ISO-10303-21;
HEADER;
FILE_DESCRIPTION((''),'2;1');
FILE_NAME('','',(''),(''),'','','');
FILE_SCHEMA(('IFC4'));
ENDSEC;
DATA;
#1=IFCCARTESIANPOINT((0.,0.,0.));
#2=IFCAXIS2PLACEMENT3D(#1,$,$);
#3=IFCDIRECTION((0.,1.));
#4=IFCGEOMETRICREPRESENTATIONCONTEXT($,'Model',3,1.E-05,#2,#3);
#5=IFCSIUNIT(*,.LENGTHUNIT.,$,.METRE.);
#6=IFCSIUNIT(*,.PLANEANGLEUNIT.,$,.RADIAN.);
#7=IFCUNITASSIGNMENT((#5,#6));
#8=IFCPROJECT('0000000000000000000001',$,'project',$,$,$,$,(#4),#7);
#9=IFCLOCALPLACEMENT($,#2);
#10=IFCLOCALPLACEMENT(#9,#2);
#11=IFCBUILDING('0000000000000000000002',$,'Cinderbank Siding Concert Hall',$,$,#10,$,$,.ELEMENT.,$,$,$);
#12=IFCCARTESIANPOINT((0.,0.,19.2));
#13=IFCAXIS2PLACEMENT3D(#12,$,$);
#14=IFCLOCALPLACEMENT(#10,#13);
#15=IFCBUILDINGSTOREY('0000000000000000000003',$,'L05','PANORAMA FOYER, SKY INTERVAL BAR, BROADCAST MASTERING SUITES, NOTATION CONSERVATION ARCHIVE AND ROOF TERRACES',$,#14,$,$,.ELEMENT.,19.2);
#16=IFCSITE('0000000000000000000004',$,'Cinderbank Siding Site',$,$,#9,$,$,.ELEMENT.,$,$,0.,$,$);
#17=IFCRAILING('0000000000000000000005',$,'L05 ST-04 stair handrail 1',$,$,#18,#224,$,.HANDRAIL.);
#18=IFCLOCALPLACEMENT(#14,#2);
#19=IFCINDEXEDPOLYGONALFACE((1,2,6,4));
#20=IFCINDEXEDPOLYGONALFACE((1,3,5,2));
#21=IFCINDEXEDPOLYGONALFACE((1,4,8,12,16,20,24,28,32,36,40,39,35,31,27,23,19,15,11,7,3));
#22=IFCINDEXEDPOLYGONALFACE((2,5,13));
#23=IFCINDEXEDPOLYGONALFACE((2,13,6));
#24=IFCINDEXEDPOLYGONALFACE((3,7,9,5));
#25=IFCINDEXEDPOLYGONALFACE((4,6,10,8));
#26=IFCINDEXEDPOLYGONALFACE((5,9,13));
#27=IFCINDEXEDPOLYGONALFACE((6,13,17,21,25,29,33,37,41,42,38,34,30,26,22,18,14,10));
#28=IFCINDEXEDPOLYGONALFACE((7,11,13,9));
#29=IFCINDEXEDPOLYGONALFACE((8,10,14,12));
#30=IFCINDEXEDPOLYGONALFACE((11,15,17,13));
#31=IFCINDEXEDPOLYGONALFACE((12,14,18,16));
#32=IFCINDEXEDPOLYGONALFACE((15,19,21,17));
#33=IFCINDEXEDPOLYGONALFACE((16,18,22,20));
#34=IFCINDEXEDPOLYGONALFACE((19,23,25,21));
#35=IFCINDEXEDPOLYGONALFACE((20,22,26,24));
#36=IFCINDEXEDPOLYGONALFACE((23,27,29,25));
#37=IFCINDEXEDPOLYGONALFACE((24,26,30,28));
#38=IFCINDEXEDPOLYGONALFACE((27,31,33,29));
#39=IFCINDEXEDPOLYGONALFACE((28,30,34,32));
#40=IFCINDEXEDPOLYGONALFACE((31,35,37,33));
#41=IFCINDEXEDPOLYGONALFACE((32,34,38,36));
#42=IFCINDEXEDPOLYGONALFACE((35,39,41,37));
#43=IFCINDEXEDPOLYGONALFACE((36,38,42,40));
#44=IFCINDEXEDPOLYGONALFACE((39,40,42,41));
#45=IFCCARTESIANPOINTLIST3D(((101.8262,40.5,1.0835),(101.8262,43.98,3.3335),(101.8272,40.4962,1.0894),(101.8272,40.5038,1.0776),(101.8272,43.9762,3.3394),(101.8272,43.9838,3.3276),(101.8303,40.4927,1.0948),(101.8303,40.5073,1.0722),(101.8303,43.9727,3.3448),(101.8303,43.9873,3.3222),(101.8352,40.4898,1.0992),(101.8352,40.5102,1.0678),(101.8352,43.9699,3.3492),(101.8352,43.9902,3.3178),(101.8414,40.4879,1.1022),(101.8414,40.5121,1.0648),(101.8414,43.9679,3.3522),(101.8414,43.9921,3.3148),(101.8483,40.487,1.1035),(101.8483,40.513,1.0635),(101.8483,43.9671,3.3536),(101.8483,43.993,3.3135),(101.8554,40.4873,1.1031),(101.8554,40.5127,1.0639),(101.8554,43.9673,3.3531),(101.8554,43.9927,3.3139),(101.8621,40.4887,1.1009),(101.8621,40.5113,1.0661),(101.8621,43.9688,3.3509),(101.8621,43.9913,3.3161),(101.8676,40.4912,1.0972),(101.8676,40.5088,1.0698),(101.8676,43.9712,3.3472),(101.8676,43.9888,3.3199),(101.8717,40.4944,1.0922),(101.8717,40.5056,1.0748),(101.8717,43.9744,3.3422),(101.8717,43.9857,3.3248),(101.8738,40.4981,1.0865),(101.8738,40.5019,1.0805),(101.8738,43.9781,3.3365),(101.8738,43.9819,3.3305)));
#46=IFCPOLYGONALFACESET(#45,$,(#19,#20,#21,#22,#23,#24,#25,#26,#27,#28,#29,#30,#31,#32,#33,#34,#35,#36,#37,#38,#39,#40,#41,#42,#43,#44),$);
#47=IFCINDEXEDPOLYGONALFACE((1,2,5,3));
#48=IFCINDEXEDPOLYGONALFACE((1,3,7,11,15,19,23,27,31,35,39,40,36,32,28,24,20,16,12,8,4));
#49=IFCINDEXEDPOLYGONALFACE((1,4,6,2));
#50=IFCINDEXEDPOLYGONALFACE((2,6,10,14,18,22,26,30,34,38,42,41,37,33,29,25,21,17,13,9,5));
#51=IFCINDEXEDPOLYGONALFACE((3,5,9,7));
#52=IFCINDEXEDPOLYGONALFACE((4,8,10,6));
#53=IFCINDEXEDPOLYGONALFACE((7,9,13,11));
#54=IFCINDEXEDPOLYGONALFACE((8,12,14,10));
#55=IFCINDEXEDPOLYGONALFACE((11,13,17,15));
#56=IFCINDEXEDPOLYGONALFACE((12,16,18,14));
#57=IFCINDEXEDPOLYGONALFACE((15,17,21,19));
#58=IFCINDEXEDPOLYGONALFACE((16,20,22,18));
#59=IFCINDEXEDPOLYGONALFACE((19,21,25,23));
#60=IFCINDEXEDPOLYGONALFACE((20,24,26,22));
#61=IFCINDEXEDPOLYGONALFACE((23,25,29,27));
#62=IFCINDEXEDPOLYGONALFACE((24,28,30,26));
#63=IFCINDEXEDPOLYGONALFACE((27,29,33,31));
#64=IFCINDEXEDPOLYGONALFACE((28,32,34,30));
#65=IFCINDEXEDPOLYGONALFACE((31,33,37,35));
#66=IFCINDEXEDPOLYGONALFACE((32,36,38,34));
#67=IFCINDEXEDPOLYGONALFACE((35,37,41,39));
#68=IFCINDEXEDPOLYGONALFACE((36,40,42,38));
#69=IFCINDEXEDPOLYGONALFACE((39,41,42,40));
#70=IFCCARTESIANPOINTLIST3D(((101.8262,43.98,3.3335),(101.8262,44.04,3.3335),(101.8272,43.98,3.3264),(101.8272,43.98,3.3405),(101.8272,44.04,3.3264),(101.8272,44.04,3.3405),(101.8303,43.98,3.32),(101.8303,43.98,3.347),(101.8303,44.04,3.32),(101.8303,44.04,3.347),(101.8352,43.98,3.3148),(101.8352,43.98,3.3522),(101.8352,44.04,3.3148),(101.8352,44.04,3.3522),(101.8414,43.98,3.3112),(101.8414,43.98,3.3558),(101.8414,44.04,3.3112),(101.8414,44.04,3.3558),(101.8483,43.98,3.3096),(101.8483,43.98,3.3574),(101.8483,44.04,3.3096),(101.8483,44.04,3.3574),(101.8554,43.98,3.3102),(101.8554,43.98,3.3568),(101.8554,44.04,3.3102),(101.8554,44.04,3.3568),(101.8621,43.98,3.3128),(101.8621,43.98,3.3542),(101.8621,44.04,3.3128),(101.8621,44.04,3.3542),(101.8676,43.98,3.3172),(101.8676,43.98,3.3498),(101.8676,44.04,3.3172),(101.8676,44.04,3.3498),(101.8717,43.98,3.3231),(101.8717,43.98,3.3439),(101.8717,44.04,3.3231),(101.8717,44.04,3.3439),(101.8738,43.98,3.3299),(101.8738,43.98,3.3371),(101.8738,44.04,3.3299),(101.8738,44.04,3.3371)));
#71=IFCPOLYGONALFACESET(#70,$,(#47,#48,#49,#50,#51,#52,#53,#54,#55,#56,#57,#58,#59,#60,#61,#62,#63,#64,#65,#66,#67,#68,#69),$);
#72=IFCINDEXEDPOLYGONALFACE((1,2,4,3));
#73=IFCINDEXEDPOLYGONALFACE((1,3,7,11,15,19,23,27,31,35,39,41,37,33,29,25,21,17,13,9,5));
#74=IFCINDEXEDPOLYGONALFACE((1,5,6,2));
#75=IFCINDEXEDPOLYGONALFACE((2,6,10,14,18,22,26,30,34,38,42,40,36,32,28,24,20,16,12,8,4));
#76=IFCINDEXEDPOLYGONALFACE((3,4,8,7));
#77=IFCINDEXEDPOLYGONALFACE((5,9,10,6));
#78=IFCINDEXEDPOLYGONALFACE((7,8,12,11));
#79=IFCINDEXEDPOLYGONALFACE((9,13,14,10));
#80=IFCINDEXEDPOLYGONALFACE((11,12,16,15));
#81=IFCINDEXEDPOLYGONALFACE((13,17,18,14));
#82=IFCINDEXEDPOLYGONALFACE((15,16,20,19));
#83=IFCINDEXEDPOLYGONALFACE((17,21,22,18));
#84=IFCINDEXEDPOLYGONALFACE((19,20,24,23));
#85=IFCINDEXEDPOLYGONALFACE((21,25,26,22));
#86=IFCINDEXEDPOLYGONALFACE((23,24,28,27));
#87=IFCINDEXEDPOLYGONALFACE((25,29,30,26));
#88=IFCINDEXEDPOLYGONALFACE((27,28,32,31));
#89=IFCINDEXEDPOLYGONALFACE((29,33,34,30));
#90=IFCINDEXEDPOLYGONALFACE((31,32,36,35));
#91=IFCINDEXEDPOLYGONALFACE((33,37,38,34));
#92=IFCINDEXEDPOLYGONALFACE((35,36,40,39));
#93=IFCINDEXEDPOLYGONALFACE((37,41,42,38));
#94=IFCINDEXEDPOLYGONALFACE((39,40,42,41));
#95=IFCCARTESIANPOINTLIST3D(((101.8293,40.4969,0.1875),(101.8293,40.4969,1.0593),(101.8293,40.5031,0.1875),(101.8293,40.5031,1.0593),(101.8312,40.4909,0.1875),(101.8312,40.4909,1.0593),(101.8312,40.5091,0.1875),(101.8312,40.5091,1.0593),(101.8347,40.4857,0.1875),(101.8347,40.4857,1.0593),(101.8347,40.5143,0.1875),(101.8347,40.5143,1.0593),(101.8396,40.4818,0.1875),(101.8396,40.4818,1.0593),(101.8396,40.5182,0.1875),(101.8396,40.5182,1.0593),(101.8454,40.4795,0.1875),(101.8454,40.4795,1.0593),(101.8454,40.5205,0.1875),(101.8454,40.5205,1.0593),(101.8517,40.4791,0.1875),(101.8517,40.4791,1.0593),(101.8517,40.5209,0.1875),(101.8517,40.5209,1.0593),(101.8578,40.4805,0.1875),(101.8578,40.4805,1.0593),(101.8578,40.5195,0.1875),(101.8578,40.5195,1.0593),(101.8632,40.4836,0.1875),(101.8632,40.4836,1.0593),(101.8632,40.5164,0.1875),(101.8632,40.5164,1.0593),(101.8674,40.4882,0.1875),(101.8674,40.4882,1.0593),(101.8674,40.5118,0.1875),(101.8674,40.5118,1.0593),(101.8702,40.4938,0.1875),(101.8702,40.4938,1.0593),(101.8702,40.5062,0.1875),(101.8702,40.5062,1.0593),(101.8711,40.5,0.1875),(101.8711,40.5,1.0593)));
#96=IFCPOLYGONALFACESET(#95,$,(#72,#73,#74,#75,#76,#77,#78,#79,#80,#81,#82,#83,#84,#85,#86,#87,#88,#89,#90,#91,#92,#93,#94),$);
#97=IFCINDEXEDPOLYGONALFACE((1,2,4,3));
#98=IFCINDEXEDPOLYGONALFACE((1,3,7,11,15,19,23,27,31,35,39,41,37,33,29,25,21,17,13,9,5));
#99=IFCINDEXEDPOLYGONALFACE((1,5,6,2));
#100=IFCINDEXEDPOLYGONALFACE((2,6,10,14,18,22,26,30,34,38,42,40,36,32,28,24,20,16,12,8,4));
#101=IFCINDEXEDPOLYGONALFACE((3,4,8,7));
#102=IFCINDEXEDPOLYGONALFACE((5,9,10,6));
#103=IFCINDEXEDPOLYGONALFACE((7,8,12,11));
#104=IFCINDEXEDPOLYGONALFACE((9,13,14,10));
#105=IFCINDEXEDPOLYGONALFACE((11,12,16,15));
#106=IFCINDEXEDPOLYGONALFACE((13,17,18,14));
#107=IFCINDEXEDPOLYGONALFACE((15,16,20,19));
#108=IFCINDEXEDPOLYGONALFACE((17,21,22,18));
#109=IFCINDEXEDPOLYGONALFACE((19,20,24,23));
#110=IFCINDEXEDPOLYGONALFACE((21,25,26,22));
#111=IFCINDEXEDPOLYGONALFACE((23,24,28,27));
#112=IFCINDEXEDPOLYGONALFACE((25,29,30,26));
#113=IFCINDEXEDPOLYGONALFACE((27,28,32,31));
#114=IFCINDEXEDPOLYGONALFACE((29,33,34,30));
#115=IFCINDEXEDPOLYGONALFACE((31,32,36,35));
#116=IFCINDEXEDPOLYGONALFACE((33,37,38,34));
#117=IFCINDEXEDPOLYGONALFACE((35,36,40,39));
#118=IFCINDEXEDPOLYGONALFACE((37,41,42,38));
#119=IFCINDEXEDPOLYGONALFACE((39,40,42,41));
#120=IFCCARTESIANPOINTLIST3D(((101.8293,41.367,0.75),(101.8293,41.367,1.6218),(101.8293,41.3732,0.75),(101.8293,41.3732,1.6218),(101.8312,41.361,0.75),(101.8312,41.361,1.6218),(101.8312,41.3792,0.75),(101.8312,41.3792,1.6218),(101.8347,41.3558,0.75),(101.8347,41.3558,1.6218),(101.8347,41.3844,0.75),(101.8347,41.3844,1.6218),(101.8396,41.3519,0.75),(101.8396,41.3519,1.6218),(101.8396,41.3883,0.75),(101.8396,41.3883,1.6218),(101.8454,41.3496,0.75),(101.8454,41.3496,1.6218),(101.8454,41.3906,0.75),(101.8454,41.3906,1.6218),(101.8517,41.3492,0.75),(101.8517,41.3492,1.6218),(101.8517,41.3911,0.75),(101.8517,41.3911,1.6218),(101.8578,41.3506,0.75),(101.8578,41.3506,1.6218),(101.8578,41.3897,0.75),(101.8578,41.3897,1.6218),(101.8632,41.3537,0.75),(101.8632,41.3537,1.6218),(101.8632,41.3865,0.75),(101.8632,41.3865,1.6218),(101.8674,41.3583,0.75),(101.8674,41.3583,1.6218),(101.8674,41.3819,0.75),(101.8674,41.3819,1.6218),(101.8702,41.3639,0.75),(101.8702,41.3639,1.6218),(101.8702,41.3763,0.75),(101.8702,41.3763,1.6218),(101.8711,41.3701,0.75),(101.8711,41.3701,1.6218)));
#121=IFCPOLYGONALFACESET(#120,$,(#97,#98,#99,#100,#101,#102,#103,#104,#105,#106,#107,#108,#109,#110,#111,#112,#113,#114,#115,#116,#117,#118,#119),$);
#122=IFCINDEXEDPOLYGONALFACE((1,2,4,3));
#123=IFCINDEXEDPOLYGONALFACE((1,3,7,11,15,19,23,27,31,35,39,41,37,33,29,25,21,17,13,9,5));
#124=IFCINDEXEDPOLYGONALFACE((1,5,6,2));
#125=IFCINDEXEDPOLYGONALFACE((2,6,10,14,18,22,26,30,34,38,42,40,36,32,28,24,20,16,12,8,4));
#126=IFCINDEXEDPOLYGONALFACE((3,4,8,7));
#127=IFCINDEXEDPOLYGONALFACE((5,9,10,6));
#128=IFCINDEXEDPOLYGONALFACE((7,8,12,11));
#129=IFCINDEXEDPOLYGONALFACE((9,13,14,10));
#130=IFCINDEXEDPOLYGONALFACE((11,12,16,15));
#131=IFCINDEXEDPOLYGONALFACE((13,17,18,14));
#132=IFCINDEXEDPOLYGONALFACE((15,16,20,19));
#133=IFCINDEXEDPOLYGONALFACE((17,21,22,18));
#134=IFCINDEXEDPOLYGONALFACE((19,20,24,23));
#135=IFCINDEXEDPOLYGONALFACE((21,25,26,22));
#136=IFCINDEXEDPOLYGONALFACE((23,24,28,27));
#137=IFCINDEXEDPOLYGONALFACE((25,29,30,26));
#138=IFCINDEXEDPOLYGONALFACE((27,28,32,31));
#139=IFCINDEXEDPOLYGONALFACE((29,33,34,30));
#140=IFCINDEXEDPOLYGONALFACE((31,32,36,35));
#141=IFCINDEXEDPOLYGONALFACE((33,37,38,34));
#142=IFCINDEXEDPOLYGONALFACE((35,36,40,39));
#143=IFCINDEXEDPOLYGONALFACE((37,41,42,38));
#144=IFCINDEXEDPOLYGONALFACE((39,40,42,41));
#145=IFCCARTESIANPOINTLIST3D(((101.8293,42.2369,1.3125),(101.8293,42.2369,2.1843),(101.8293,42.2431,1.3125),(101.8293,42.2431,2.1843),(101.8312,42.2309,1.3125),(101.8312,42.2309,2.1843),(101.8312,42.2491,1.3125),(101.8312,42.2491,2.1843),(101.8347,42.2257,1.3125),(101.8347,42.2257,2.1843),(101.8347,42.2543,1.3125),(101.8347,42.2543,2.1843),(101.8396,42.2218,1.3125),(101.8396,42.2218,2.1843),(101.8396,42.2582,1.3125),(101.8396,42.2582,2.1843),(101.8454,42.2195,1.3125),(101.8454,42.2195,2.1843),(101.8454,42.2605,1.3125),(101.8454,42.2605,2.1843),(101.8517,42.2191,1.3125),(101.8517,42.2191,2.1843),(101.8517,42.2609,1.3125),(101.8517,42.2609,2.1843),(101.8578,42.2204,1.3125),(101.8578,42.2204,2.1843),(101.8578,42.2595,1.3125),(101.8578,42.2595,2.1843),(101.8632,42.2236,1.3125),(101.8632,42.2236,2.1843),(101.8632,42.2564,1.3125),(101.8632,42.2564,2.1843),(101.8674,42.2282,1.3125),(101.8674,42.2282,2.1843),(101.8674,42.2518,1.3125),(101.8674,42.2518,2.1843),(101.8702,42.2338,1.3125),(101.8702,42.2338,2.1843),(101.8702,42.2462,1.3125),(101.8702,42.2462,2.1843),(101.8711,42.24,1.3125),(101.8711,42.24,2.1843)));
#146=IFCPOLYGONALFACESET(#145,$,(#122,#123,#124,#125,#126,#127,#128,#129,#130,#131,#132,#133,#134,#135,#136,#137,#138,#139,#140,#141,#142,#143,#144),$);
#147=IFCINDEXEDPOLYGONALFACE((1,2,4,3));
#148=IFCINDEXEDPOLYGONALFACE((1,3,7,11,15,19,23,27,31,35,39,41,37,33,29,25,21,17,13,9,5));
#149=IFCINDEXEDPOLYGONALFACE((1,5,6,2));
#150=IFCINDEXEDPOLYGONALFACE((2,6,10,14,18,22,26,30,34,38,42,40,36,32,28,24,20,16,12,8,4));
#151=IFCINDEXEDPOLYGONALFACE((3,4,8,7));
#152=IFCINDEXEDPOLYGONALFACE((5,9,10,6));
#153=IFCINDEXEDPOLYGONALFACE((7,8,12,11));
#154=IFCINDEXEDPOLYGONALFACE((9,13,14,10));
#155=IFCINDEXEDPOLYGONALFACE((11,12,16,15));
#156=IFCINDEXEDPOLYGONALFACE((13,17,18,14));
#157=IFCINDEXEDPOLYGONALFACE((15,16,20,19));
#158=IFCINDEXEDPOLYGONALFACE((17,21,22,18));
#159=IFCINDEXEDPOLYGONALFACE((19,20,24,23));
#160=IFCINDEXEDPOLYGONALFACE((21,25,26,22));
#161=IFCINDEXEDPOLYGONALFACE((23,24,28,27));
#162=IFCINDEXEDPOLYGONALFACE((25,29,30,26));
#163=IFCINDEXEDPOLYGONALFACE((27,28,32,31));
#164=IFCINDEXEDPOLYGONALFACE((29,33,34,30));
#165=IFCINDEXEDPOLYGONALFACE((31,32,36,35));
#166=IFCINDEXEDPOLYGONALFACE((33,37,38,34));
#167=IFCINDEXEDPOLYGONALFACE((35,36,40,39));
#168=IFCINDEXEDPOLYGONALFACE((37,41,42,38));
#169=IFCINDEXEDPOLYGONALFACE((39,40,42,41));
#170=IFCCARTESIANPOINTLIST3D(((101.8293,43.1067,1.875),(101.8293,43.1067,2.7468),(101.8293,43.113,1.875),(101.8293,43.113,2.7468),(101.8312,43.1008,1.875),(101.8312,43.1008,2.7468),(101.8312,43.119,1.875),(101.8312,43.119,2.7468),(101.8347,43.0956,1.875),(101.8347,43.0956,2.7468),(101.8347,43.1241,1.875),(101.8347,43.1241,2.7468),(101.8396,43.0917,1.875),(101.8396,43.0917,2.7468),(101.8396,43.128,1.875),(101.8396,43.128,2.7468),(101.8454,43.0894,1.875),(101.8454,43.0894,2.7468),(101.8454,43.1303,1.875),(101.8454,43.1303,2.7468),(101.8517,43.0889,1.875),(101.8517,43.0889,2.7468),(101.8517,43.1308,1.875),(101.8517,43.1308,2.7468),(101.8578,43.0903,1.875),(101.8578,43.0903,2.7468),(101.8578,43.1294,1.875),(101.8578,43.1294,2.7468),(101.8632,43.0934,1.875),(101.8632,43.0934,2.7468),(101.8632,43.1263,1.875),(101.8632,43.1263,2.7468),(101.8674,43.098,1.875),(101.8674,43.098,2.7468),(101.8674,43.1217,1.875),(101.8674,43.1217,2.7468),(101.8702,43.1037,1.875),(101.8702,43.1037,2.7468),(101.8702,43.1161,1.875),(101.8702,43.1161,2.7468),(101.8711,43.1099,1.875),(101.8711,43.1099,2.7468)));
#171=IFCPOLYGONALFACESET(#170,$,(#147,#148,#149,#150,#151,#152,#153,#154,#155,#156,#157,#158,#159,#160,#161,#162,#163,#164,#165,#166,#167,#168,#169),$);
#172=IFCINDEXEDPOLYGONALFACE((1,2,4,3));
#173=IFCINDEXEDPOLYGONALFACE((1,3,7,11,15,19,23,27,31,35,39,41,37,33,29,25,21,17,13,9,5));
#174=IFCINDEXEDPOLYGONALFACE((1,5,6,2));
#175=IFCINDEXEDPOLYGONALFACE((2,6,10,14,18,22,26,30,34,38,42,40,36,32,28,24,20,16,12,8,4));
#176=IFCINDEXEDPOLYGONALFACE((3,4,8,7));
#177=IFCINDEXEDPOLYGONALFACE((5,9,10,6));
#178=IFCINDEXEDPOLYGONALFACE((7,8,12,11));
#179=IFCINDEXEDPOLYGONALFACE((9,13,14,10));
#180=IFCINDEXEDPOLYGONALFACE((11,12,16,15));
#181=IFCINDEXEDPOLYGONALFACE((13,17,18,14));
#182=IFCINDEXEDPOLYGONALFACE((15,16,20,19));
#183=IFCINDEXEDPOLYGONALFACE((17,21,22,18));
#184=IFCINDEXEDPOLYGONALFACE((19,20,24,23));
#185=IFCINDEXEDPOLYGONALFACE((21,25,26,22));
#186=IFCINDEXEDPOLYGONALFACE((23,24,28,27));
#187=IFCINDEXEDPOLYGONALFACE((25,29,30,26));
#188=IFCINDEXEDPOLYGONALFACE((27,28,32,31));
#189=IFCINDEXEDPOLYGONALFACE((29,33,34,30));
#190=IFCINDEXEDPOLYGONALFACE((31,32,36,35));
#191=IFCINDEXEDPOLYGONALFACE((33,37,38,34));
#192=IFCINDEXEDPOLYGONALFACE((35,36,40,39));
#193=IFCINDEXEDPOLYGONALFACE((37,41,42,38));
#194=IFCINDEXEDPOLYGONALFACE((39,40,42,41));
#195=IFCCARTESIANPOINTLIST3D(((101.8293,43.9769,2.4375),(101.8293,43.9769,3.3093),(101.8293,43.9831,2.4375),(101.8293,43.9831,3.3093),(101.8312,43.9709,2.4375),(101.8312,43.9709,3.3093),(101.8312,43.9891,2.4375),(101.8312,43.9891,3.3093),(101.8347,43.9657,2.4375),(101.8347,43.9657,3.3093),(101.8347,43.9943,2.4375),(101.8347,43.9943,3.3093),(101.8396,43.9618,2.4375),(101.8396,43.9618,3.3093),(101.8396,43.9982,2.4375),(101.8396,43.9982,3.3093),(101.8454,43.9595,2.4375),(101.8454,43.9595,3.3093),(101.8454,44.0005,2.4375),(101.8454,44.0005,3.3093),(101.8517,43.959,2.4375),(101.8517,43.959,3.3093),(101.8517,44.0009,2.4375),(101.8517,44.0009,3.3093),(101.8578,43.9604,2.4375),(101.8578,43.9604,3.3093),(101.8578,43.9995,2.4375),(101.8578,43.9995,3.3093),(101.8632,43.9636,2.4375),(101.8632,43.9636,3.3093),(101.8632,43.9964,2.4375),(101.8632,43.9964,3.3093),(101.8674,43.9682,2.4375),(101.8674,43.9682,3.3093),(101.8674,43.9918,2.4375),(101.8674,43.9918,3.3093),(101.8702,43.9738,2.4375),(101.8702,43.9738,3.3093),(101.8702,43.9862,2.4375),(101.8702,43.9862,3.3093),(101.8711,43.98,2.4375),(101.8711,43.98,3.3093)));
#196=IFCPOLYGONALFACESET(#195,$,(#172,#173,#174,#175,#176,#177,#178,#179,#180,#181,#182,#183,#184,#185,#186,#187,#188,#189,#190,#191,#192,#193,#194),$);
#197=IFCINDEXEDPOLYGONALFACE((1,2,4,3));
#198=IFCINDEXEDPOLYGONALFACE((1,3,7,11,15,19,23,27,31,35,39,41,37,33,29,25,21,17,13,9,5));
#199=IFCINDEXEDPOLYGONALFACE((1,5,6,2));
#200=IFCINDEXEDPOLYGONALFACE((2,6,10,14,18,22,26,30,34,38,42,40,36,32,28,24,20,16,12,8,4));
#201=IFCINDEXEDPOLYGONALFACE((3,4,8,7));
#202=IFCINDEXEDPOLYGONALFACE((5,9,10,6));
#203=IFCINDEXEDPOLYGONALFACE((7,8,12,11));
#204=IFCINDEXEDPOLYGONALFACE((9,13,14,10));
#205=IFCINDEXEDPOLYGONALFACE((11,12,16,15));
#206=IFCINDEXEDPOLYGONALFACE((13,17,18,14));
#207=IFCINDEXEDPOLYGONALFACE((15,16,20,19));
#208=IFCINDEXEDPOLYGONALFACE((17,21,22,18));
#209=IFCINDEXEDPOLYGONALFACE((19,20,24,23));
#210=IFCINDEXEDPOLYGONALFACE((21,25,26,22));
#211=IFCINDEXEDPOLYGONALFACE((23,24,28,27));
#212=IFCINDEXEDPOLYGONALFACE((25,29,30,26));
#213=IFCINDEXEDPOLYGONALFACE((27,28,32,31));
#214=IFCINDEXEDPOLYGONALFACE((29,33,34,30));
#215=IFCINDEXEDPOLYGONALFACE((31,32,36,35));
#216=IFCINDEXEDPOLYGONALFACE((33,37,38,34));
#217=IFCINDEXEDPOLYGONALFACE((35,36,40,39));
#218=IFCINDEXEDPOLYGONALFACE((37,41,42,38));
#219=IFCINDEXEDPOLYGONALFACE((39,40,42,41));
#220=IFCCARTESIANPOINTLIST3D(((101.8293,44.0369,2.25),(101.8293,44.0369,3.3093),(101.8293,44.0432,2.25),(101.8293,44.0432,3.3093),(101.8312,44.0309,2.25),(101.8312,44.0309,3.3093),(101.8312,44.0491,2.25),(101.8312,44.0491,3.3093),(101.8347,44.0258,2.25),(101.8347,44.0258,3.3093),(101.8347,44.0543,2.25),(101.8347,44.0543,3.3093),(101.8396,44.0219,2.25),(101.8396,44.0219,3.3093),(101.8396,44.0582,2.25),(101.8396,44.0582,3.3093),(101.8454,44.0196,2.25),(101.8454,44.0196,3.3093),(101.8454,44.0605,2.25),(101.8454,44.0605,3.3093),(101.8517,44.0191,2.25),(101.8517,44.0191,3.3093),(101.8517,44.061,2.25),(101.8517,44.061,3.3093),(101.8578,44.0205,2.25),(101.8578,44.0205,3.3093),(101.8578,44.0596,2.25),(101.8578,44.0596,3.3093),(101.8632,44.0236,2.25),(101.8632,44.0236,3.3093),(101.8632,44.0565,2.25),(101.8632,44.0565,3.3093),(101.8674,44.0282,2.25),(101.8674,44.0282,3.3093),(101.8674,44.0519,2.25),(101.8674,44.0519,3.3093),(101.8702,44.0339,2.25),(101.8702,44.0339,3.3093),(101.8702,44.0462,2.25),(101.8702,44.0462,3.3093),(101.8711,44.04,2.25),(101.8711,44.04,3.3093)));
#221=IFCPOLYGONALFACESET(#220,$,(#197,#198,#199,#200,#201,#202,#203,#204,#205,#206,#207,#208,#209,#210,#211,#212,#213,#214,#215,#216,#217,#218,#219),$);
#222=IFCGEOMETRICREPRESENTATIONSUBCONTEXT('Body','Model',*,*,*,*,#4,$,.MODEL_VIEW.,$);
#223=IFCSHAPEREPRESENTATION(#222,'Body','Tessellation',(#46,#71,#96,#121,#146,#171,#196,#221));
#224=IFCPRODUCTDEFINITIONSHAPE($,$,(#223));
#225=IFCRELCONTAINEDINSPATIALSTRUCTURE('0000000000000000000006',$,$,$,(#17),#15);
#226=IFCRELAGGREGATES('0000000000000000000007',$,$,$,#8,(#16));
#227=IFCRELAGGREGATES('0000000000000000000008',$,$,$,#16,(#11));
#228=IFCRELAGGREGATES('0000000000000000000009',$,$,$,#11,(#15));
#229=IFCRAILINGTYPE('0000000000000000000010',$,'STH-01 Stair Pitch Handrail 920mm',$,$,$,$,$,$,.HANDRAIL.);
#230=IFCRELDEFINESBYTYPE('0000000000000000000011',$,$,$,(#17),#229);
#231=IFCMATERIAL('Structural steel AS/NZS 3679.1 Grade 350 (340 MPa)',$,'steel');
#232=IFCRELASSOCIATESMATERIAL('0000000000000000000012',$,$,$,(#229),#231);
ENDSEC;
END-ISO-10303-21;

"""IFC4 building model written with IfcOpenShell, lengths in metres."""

from ifc_helpers import new_model, si_unit, direction, frame, origin, origin_2d, place, context, subcontext, project, spatial, circle, extrude, material, type_object, element, save


model = new_model("IFC4")

# Units and contexts
model_context = context("Model", 3, precision=1e-05, world=origin(), true_north=direction((0.0, 1.0)))
body_context = subcontext(model_context, "Body", "Model", "MODEL_VIEW")
ifc_project = project(units=[si_unit("LENGTHUNIT", "METRE"), si_unit("PLANEANGLEUNIT", "RADIAN")], contexts=[model_context])

# Site, building, storey
site_placement = place(None, origin())
site = spatial("IfcSite", under=ifc_project, at=site_placement, Name="Cinderbank Siding Site", CompositionType="ELEMENT", RefElevation=0.0)
building_placement = place(site_placement, origin())
building = spatial("IfcBuilding", under=site, at=building_placement, Name="Cinderbank Siding Concert Hall", CompositionType="ELEMENT")
storey_placement = place(building_placement, frame((0.0, 0.0, 19.2)))
storey = spatial("IfcBuildingStorey", under=building, at=storey_placement, Name="L05", Description="PANORAMA FOYER, SKY INTERVAL BAR, BROADCAST MASTERING SUITES, NOTATION CONSERVATION ARCHIVE AND ROOF TERRACES", CompositionType="ELEMENT", Elevation=19.2)

# Shared definitions
ifc_material_1 = material(Name="Structural steel AS/NZS 3679.1 Grade 350 (340 MPa)", Category="steel")

# Railing
railing_type_1 = type_object("IfcRailingType", Name="STH-01 Stair Pitch Handrail 920mm", PredefinedType="HANDRAIL", material=ifc_material_1)
railing_1_placement = place(storey_placement, frame((101.8501, 40.5, 0.1875)))
element("IfcRailing", 1, at=railing_1_placement, inside=storey, type_object=railing_type_1, Name="L05 ST-04 stair handrail 1", PredefinedType="HANDRAIL", context=body_context, shape_type="SweptSolid", body=[
    extrude(circle(Radius=0.0239, at=origin_2d()), frame((0.0, 0.0, 0.896), z_axis=(0.0, 0.839763, 0.542953), x_axis=(-1.0, 0.0, 0.0)), (0.0, 0.0, 1.0), 4.144),
    extrude(circle(Radius=0.0239, at=origin_2d()), frame((0.0, 3.48, 3.146), z_axis=(0.0, 1.0, 0.0), x_axis=(-1.0, 0.0, 0.0)), (0.0, 0.0, 1.0), 0.0601),
    extrude(circle(Radius=0.021, at=origin_2d()), origin(), (0.0, 0.0, 1.0), 0.8718),
    extrude(circle(Radius=0.021, at=origin_2d()), frame((0.0, 0.8701, 0.5625)), (0.0, 0.0, 1.0), 0.8718),
    extrude(circle(Radius=0.021, at=origin_2d()), frame((0.0, 1.74, 1.125)), (0.0, 0.0, 1.0), 0.8718),
    extrude(circle(Radius=0.021, at=origin_2d()), frame((0.0, 2.6099, 1.6875)), (0.0, 0.0, 1.0), 0.8718),
    extrude(circle(Radius=0.021, at=origin_2d()), frame((0.0, 3.48, 2.25)), (0.0, 0.0, 1.0), 0.8718),
    extrude(circle(Radius=0.021, at=origin_2d()), frame((0.0, 3.54, 2.0625)), (0.0, 0.0, 1.0), 1.0593),
])

save(model, "model.ifc")
